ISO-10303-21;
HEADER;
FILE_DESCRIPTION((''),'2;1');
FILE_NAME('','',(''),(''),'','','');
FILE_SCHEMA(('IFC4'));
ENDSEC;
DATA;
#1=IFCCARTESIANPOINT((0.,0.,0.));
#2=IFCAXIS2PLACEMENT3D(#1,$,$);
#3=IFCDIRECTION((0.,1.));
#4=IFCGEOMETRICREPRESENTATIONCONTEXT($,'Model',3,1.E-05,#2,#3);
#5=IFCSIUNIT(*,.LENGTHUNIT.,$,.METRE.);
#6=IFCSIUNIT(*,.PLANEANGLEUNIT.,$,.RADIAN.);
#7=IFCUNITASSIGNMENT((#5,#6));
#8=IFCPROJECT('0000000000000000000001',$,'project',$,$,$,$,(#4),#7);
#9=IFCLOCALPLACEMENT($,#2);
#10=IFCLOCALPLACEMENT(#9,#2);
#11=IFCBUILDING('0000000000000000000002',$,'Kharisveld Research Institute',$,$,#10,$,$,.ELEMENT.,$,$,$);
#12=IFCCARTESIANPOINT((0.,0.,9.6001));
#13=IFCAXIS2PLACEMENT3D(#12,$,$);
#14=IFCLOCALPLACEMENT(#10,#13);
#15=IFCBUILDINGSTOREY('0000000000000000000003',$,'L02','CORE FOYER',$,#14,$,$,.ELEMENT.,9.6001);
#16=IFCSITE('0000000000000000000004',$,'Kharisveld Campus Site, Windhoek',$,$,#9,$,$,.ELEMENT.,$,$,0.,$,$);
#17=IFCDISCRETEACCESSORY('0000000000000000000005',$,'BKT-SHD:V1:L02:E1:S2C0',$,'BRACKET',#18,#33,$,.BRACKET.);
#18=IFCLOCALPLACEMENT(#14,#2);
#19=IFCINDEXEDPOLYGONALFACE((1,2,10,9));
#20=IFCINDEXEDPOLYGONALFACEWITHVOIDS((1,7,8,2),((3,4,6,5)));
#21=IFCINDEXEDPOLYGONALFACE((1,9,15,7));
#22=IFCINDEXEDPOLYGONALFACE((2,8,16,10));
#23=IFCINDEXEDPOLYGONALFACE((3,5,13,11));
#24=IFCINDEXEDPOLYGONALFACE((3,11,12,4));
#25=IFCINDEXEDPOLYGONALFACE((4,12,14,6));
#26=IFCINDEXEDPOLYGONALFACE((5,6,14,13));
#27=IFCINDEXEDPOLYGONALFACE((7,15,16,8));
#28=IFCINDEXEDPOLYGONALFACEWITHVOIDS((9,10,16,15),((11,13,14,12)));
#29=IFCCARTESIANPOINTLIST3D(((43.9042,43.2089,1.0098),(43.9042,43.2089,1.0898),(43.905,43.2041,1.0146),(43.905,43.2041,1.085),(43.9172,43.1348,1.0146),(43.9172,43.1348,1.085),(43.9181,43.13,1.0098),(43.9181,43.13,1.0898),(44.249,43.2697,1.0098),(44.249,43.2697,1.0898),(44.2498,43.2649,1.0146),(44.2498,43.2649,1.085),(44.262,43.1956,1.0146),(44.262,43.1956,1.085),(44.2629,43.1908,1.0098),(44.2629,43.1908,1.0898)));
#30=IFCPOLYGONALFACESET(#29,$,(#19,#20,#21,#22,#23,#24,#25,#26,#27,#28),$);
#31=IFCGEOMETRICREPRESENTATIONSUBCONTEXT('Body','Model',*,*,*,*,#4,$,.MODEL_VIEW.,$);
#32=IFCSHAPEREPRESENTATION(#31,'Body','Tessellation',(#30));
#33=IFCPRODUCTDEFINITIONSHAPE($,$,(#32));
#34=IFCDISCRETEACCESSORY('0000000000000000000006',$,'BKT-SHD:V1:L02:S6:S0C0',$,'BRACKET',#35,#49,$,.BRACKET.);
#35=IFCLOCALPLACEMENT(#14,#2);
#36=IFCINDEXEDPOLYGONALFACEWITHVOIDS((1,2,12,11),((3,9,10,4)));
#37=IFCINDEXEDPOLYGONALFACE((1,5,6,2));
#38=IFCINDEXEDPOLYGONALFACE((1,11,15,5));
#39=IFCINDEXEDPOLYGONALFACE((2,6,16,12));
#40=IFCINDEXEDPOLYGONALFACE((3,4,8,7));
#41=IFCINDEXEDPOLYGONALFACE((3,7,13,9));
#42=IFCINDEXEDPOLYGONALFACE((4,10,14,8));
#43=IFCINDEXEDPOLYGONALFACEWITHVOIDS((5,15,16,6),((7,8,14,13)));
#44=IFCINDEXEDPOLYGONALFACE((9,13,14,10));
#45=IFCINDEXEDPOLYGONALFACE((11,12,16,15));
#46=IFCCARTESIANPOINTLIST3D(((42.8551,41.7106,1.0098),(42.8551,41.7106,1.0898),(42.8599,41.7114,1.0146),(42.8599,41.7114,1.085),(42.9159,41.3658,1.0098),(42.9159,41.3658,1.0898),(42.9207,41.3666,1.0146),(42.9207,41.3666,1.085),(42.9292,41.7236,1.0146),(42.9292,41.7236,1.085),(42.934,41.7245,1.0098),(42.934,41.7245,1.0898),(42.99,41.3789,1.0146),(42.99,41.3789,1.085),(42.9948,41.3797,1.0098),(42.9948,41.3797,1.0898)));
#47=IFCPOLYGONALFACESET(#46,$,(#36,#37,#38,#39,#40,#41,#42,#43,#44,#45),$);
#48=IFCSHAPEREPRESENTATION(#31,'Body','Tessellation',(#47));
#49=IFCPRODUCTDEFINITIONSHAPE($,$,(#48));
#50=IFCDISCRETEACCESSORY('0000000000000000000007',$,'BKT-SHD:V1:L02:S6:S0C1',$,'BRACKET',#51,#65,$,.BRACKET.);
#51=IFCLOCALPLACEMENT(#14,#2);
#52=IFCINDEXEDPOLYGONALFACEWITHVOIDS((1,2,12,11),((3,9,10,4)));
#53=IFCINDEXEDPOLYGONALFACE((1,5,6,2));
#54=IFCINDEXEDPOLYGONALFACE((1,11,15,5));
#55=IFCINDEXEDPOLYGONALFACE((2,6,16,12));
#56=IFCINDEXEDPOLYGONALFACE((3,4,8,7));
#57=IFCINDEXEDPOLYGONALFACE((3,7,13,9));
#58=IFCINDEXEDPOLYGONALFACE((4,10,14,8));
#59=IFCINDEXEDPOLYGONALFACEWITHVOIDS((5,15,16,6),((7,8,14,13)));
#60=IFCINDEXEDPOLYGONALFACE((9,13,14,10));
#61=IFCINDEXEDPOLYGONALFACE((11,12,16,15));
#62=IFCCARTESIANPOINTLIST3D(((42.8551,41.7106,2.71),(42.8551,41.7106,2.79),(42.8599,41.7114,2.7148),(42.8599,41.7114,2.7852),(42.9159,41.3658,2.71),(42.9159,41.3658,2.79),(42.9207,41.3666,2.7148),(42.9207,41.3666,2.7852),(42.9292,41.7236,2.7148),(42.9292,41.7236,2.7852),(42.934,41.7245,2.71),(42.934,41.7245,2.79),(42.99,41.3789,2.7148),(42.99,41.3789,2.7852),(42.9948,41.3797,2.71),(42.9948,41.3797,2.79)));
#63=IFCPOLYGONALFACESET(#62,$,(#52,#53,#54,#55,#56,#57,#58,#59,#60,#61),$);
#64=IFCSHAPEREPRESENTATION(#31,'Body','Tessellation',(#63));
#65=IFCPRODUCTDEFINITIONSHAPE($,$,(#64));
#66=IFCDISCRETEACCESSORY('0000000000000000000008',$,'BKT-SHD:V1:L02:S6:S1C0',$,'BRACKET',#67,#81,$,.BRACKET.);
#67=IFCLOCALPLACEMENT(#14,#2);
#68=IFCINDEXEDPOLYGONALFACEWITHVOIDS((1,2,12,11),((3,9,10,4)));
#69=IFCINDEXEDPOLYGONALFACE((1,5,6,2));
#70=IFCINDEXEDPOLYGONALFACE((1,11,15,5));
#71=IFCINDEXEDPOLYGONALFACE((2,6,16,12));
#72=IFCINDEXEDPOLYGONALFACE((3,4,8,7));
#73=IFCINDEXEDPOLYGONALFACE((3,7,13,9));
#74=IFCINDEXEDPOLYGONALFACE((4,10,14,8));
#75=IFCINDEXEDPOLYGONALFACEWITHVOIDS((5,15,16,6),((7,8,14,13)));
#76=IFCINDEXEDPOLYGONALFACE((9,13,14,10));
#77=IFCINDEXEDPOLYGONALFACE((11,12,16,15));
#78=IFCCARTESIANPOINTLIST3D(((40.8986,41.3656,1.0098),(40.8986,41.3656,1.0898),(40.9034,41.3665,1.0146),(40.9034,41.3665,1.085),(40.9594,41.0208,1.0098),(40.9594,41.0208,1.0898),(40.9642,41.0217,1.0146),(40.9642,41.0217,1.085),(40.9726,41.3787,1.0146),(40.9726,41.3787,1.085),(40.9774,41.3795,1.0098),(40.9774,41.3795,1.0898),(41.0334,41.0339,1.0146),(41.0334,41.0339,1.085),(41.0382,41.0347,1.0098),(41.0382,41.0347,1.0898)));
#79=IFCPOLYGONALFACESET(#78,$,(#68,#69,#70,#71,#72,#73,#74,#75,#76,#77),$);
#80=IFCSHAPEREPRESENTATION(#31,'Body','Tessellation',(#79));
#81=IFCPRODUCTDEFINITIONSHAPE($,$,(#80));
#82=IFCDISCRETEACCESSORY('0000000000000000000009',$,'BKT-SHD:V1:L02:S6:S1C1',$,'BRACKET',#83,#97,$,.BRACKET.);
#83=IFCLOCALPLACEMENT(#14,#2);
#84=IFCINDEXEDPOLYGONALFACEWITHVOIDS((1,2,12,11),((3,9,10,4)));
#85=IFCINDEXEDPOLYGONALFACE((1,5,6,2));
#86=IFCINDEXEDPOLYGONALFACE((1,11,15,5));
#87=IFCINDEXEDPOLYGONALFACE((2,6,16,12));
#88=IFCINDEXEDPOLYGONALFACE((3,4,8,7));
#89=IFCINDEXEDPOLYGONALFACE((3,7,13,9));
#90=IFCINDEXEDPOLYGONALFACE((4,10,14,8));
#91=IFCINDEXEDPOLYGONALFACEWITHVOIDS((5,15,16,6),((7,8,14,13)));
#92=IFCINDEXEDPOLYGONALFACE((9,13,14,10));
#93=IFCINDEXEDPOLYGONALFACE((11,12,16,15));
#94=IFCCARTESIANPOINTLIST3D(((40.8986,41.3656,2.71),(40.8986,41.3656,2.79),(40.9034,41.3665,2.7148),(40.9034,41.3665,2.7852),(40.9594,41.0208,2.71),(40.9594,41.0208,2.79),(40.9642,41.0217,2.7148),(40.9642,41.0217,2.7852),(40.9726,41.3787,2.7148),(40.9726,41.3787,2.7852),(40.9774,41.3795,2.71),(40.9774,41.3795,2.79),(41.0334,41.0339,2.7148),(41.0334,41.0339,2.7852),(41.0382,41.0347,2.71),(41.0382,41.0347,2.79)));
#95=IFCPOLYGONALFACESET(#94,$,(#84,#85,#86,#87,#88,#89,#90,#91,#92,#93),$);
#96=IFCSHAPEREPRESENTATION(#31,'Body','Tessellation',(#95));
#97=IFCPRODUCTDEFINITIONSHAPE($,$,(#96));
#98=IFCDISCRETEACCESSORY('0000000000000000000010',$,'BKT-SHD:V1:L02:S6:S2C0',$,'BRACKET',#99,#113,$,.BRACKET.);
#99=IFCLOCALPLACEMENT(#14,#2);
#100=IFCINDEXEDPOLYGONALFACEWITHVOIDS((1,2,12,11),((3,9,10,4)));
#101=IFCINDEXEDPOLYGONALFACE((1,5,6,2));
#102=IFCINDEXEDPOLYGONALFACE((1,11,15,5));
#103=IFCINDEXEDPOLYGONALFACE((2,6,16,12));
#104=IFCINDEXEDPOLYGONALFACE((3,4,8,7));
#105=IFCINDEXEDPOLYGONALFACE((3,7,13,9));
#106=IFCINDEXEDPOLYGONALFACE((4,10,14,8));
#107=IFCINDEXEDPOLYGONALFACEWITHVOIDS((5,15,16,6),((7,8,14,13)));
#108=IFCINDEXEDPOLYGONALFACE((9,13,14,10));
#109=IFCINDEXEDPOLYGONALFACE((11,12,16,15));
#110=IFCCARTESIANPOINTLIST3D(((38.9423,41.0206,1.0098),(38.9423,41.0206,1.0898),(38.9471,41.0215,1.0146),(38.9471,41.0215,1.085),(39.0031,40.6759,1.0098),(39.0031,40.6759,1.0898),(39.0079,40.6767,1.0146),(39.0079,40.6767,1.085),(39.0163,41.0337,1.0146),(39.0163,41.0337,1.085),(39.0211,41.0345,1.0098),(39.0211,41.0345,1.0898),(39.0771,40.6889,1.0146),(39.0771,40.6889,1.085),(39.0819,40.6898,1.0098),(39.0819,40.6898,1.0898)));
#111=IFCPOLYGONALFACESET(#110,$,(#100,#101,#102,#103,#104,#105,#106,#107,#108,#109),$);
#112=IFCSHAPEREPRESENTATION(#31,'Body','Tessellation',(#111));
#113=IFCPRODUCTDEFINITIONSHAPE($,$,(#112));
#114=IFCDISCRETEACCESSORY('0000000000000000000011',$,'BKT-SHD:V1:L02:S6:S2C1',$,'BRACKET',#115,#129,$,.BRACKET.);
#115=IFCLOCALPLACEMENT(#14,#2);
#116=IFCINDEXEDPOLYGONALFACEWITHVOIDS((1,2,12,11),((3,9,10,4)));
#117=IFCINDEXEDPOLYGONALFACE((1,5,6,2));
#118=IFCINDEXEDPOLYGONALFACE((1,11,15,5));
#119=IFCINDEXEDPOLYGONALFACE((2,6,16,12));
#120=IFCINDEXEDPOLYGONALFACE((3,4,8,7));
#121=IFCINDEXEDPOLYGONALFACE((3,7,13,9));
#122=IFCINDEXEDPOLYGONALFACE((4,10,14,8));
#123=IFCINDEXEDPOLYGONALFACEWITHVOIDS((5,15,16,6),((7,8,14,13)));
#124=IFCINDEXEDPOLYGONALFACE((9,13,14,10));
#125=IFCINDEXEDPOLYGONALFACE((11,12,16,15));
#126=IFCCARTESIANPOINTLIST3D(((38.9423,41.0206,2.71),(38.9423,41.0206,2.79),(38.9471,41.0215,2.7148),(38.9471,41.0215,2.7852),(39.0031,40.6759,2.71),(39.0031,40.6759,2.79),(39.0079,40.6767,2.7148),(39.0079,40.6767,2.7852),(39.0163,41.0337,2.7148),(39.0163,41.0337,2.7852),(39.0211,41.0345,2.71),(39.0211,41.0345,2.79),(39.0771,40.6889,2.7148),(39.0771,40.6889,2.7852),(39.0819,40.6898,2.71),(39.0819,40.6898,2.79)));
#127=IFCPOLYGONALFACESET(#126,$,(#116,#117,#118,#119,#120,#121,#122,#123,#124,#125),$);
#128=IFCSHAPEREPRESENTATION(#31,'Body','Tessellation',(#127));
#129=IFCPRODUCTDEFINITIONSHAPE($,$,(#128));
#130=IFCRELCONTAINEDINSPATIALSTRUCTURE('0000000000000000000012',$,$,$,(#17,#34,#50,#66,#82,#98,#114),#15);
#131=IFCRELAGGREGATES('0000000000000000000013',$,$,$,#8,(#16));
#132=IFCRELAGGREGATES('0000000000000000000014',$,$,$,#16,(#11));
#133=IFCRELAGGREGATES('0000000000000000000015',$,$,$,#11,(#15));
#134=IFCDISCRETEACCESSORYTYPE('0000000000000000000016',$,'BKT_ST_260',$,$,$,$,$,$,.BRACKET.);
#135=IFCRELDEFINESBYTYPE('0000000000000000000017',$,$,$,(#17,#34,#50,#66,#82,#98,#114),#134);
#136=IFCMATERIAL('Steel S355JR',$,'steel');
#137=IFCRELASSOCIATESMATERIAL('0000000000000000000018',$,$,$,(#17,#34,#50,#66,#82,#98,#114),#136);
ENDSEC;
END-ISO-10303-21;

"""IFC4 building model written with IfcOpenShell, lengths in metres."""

from ifc_helpers import new_model, si_unit, direction, frame, origin, origin_2d, place, context, subcontext, project, spatial, hollow_rectangle, extrude, material, type_object, element, save


model = new_model("IFC4")

# Units and contexts
model_context = context("Model", 3, precision=1e-05, world=origin(), true_north=direction((0.0, 1.0)))
body_context = subcontext(model_context, "Body", "Model", "MODEL_VIEW")
ifc_project = project(units=[si_unit("LENGTHUNIT", "METRE"), si_unit("PLANEANGLEUNIT", "RADIAN")], contexts=[model_context])

# Site, building, storey
site_placement = place(None, origin())
site = spatial("IfcSite", under=ifc_project, at=site_placement, Name="Kharisveld Campus Site, Windhoek", CompositionType="ELEMENT", RefElevation=0.0)
building_placement = place(site_placement, origin())
building = spatial("IfcBuilding", under=site, at=building_placement, Name="Kharisveld Research Institute", CompositionType="ELEMENT")
storey_placement = place(building_placement, frame((0.0, 0.0, 9.6001)))
storey = spatial("IfcBuildingStorey", under=building, at=storey_placement, Name="L02", Description="CORE FOYER", CompositionType="ELEMENT", Elevation=9.6001)

# Discrete accessories
ifc_material_1 = material(Name="Steel S355JR", Category="steel")
discrete_accessory_type = type_object("IfcDiscreteAccessoryType", Name="BKT_ST_260", PredefinedType="BRACKET")
for number, where, z_axis, x_axis, name in (
    (1, (43.9111, 43.1694, 1.0498), (0.984805, 0.173666, 0.0), (-0.173666, 0.984805, 0.0), "BKT-SHD:V1:L02:E1:S2C0"),
    (2, (42.8945, 41.7175, 1.0498), (0.173666, -0.984805, 0.0), (0.984805, 0.173666, 0.0), "BKT-SHD:V1:L02:S6:S0C0"),
    (3, (42.8945, 41.7175, 2.75), (0.173666, -0.984805, 0.0), (0.984805, 0.173666, 0.0), "BKT-SHD:V1:L02:S6:S0C1"),
    (4, (40.938, 41.3726, 1.0498), (0.173666, -0.984805, 0.0), (0.984805, 0.173666, 0.0), "BKT-SHD:V1:L02:S6:S1C0"),
    (5, (40.938, 41.3726, 2.75), (0.173666, -0.984805, 0.0), (0.984805, 0.173666, 0.0), "BKT-SHD:V1:L02:S6:S1C1"),
    (6, (38.9817, 41.0276, 1.0498), (0.173666, -0.984805, 0.0), (0.984805, 0.173666, 0.0), "BKT-SHD:V1:L02:S6:S2C0"),
    (7, (38.9817, 41.0276, 2.75), (0.173666, -0.984805, 0.0), (0.984805, 0.173666, 0.0), "BKT-SHD:V1:L02:S6:S2C1"),
):
    element("IfcDiscreteAccessory", number, at=place(storey_placement, frame(where, z_axis=z_axis, x_axis=x_axis)), inside=storey, type_object=discrete_accessory_type, material=ifc_material_1, Name=name, ObjectType="BRACKET", PredefinedType="BRACKET", context=body_context, shape_type="SweptSolid", body=[
        extrude(hollow_rectangle(XDim=0.0801, YDim=0.0801, WallThickness=0.0049, at=origin_2d()), origin(), (0.0, 0.0, 1.0), 0.3501),
    ])

save(model, "model.ifc")
